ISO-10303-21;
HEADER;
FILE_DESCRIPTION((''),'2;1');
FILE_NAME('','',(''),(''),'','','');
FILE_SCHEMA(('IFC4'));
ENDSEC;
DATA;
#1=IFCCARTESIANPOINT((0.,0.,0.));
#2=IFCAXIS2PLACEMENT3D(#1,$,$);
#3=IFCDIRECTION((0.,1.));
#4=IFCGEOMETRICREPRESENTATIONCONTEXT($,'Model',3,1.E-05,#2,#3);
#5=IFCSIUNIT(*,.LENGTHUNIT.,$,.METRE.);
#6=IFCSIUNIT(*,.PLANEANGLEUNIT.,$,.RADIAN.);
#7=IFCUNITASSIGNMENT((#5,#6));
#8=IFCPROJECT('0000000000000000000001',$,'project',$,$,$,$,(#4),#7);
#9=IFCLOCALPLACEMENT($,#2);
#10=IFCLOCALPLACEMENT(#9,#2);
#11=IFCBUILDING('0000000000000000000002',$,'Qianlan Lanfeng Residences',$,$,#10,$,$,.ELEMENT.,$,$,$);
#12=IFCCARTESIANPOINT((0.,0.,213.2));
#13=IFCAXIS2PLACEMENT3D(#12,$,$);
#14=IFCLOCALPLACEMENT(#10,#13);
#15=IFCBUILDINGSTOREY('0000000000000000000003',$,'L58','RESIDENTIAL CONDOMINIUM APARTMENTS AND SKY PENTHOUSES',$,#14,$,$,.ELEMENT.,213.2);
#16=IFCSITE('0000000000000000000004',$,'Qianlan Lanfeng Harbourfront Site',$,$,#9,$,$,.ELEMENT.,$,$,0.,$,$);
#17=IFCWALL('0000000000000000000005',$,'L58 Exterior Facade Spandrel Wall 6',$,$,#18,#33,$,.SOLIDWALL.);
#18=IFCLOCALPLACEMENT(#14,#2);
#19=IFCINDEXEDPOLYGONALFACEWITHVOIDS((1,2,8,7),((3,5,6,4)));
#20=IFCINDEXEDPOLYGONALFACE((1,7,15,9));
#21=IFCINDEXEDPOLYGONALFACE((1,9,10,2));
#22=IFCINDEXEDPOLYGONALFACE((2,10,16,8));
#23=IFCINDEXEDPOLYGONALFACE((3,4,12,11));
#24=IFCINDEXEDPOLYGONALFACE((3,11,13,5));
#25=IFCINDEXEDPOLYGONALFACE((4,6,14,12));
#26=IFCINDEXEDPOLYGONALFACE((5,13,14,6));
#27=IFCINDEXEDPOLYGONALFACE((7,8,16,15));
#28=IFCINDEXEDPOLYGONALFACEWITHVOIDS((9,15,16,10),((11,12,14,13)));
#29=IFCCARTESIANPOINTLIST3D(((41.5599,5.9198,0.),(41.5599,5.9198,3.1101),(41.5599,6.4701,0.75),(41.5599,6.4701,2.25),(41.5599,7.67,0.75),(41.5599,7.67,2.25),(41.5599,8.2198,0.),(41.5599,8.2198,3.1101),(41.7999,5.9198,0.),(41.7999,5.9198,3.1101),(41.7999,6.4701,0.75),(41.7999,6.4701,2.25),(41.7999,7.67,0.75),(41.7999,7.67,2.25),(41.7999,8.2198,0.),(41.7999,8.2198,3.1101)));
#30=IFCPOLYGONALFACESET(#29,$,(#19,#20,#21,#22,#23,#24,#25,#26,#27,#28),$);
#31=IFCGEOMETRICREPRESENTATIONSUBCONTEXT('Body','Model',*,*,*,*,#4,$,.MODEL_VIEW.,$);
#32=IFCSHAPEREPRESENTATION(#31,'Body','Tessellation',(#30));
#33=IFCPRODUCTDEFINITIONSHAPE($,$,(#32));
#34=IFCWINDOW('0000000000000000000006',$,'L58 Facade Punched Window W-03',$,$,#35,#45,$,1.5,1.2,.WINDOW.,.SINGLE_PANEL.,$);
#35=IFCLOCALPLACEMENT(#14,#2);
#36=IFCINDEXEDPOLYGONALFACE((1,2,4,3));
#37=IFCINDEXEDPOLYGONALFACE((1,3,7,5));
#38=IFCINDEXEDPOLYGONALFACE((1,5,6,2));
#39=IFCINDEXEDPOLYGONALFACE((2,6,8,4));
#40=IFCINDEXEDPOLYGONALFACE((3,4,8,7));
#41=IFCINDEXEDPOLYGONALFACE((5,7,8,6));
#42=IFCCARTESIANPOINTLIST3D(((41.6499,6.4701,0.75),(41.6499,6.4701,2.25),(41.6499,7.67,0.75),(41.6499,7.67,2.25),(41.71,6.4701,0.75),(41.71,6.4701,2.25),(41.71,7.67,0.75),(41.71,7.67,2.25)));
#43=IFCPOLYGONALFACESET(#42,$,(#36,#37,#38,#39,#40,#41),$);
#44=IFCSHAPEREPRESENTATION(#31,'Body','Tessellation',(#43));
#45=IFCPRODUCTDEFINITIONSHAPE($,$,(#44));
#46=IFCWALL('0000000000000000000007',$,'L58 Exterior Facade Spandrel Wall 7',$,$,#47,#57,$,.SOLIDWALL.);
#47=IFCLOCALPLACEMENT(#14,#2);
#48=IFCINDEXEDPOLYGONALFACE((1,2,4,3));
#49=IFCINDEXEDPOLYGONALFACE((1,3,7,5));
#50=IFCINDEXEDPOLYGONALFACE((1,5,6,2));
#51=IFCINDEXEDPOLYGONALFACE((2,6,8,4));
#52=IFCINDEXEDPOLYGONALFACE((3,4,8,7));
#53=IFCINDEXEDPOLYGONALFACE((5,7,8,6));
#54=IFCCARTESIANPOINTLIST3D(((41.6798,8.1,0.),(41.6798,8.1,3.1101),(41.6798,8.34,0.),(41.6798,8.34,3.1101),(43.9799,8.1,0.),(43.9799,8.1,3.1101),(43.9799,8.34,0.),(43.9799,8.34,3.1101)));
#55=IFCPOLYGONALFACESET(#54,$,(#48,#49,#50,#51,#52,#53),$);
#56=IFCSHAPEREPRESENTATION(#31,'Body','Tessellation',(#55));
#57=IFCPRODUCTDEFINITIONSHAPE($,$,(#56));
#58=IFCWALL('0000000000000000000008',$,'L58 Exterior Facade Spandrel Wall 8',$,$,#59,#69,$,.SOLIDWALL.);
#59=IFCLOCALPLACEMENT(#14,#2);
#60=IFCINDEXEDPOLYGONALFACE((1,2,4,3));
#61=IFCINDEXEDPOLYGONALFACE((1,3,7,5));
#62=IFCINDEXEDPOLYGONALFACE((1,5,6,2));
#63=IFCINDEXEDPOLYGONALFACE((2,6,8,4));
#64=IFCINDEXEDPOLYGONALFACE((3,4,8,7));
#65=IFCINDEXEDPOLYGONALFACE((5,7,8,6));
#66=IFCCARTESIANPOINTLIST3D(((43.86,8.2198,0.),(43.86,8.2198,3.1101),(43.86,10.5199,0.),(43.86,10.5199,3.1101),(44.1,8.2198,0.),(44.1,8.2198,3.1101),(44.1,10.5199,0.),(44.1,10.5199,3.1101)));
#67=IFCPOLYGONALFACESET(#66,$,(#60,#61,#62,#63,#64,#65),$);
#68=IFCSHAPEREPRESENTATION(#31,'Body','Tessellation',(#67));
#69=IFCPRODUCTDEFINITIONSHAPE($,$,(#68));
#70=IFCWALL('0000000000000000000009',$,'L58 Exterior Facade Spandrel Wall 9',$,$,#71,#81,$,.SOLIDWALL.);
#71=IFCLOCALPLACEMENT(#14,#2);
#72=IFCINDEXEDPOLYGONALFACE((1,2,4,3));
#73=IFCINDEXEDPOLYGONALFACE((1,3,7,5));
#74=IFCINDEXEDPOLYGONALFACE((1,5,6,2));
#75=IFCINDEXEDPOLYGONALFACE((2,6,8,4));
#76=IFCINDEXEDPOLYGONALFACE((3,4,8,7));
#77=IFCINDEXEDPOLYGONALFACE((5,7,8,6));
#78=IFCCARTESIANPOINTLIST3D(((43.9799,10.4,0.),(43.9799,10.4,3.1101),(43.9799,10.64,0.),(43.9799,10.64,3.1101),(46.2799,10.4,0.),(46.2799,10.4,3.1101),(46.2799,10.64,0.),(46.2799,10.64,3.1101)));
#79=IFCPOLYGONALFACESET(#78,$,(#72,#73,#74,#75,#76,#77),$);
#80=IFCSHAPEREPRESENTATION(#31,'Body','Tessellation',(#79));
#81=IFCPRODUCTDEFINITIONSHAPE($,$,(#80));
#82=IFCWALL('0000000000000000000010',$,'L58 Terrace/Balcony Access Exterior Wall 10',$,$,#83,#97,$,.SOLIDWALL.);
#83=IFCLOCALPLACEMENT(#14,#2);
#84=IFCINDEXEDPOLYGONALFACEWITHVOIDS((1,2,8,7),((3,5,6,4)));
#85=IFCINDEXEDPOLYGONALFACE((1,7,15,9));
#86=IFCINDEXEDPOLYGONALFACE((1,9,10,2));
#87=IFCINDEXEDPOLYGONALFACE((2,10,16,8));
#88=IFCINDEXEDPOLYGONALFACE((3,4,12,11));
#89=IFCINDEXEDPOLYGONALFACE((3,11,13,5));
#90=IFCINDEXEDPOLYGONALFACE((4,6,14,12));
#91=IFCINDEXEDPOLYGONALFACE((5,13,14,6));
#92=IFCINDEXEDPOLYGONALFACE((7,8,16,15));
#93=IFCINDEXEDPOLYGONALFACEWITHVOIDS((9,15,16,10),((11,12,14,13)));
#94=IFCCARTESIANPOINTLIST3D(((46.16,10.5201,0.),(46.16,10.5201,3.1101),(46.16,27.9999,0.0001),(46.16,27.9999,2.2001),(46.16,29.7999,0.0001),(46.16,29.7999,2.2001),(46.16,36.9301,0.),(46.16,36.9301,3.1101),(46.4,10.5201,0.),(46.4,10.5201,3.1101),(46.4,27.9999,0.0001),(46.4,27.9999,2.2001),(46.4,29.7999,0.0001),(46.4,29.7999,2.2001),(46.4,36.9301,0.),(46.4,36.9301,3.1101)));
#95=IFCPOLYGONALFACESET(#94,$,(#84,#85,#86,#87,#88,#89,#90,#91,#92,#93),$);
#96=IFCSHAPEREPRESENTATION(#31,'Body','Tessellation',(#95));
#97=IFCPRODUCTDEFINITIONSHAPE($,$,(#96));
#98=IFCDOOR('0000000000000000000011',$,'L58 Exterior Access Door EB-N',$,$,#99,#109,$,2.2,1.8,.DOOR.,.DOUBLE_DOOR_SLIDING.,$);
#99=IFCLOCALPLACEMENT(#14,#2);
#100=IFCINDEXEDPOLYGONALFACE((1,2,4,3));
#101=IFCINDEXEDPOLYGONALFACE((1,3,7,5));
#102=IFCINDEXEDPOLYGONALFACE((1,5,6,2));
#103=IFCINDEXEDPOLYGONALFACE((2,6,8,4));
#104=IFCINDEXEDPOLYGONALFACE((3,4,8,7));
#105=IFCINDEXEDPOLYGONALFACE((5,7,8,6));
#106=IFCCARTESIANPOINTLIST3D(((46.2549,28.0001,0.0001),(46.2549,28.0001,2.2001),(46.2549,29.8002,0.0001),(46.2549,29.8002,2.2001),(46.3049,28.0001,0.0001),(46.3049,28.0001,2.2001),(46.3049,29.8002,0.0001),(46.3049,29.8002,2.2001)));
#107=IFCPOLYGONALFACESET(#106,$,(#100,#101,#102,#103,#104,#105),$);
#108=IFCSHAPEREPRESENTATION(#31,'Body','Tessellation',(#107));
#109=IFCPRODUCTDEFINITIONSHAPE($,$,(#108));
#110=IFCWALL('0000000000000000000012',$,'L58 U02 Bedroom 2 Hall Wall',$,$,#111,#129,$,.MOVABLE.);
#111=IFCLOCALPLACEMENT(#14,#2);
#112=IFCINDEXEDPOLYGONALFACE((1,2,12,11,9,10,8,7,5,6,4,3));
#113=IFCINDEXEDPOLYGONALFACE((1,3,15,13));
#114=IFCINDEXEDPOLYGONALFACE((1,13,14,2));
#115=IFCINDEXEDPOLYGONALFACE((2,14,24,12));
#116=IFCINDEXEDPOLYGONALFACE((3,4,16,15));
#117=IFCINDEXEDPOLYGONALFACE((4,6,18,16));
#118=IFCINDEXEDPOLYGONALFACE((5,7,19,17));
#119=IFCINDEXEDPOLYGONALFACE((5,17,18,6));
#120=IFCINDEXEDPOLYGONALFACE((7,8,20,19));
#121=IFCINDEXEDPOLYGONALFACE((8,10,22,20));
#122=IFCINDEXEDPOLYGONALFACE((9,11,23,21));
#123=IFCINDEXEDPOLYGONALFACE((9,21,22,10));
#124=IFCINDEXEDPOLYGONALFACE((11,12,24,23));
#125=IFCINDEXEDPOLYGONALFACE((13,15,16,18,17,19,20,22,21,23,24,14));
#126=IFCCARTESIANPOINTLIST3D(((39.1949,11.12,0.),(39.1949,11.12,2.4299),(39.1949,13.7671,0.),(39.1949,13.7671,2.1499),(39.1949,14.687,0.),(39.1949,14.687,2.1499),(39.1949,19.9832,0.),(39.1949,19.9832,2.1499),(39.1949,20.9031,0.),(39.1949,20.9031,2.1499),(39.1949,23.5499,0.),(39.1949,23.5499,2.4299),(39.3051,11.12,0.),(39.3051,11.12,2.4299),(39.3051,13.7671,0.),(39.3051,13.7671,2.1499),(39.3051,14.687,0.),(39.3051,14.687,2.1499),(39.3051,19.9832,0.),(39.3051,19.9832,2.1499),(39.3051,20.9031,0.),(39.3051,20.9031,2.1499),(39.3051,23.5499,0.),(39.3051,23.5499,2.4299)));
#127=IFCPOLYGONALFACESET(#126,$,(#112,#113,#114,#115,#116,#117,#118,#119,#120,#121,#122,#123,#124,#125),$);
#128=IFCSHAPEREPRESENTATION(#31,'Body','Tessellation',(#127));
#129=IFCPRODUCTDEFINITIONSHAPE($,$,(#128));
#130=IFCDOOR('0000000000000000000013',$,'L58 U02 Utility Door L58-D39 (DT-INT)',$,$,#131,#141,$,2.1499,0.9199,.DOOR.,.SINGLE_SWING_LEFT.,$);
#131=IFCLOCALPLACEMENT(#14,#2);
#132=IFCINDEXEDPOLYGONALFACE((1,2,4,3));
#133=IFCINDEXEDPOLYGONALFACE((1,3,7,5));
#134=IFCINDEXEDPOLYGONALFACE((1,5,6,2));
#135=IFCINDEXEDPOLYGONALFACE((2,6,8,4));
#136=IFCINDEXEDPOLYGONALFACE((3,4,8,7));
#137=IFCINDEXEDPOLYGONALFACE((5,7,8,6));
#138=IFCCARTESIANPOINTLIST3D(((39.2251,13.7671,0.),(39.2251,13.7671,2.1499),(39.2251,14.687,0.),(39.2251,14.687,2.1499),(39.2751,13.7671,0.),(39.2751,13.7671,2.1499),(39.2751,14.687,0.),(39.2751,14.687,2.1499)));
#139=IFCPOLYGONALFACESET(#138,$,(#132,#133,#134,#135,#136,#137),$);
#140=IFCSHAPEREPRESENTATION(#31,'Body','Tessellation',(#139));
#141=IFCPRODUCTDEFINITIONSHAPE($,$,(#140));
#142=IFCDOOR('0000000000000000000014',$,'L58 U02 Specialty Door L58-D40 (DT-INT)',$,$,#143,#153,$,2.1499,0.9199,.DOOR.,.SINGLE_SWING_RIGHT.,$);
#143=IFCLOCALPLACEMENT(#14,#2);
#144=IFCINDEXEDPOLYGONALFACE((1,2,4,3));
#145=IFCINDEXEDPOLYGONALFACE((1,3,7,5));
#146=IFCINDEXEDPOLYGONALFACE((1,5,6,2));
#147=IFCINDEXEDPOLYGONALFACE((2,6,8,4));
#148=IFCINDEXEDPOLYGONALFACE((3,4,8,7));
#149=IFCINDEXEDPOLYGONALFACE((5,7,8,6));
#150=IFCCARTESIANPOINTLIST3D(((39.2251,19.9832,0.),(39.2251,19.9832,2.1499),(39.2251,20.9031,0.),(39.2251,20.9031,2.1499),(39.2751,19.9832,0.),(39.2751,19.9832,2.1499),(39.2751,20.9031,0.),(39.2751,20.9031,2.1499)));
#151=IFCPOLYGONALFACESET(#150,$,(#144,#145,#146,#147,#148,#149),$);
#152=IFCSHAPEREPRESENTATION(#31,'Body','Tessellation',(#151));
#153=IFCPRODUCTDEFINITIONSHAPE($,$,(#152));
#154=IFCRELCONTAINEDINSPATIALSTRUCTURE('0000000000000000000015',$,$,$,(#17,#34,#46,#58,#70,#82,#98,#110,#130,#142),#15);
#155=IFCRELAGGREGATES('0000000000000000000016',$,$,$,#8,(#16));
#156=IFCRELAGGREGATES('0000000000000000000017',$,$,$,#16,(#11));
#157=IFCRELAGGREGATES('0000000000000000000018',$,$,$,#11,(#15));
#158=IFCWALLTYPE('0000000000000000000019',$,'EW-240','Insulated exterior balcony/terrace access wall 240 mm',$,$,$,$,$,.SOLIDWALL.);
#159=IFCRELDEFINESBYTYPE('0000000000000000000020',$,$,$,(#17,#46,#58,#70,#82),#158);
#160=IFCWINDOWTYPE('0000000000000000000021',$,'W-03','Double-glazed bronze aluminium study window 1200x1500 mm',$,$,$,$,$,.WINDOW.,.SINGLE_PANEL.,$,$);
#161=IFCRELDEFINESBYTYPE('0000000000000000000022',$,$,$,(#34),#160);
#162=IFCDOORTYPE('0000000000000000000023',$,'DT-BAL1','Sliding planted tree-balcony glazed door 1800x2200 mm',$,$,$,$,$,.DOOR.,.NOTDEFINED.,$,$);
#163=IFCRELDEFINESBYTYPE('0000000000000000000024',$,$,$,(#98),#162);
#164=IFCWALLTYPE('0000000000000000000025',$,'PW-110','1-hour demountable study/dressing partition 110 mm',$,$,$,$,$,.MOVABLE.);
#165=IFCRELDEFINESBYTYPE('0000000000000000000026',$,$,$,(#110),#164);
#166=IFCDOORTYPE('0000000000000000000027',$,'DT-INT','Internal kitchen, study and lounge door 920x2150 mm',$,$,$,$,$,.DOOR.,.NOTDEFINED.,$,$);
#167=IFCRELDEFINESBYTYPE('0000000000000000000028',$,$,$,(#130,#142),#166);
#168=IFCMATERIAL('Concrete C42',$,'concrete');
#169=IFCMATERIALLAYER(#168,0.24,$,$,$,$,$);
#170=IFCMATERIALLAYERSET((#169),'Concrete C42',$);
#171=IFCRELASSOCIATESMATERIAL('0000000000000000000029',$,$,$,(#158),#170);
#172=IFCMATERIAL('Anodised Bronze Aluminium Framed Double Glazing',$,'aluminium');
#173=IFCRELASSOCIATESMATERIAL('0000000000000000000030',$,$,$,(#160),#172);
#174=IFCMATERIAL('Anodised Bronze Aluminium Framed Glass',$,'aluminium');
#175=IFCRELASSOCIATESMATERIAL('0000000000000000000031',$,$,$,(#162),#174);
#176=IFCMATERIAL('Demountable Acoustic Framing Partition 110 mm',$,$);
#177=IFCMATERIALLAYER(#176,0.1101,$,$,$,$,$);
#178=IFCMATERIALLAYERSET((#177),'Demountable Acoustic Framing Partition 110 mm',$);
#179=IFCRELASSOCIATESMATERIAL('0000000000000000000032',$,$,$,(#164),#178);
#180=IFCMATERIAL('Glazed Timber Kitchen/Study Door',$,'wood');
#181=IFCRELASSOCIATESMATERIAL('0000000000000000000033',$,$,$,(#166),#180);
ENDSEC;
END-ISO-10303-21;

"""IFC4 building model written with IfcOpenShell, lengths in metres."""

from ifc_helpers import new_model, si_unit, direction, frame, frame_2d, origin, place, context, subcontext, project, spatial, rectangle, extrude, material, layer, layer_set, type_object, element, fill, save


model = new_model("IFC4")

# Units and contexts
model_context = context("Model", 3, precision=1e-05, world=origin(), true_north=direction((0.0, 1.0)))
body_context = subcontext(model_context, "Body", "Model", "MODEL_VIEW")
ifc_project = project(units=[si_unit("LENGTHUNIT", "METRE"), si_unit("PLANEANGLEUNIT", "RADIAN")], contexts=[model_context])

# Site, building, storey
site_placement = place(None, origin())
site = spatial("IfcSite", under=ifc_project, at=site_placement, Name="Qianlan Lanfeng Harbourfront Site", CompositionType="ELEMENT", RefElevation=0.0)
building_placement = place(site_placement, origin())
building = spatial("IfcBuilding", under=site, at=building_placement, Name="Qianlan Lanfeng Residences", CompositionType="ELEMENT")
storey_placement = place(building_placement, frame((0.0, 0.0, 213.2)))
storey = spatial("IfcBuildingStorey", under=building, at=storey_placement, Name="L58", Description="RESIDENTIAL CONDOMINIUM APARTMENTS AND SKY PENTHOUSES", CompositionType="ELEMENT", Elevation=213.2)

# Shared definitions
ifc_material_1 = material(Name="Concrete C42", Category="concrete")
ifc_layer_1 = layer(ifc_material_1, 0.24)
ifc_layer_set_1 = layer_set([ifc_layer_1], Name="Concrete C42")
wall_type_1 = type_object("IfcWallType", Name="EW-240", Description="Insulated exterior balcony/terrace access wall 240 mm", PredefinedType="SOLIDWALL", material=ifc_layer_set_1)
ifc_material_2 = material(Name="Anodised Bronze Aluminium Framed Double Glazing", Category="aluminium")
window_type_1 = type_object("IfcWindowType", Name="W-03", Description="Double-glazed bronze aluminium study window 1200x1500 mm", PartitioningType="SINGLE_PANEL", PredefinedType="WINDOW", material=ifc_material_2)

# Wall, opening, window
wall_1_placement = place(storey_placement, frame((41.6799, 5.9199, 0.0), z_axis=(0.0, 0.0, 1.0), x_axis=(0.0, 1.0, 0.0)))
wall_1 = element("IfcWall", 1, at=wall_1_placement, inside=storey, type_object=wall_type_1, Name="L58 Exterior Facade Spandrel Wall 6", PredefinedType="SOLIDWALL", context=body_context, shape_type="SweptSolid", body=[
    extrude(rectangle(XDim=2.3, YDim=0.24, at=frame_2d((1.1499, 0.0))), origin(), (0.0, 0.0, 1.0), 3.1101),
])
opening_1_placement = place(wall_1_placement, frame((0.55, 0.0, 0.75)))
opening_1 = element("IfcOpeningElement", 2, at=opening_1_placement, cuts=wall_1, PredefinedType="OPENING", context=body_context, shape_type="SweptSolid", body=[
    extrude(rectangle(XDim=1.2, YDim=1.5, at=frame_2d((0.6001, 0.75))), frame((0.0, 0.1299, 0.0), z_axis=(0.0, -1.0, 0.0), x_axis=(1.0, 0.0, 0.0)), (0.0, 0.0, 1.0), 0.26),
])
window_1_placement = place(opening_1_placement, origin())
window_1 = element("IfcWindow", 3, at=window_1_placement, inside=storey, type_object=window_type_1, Name="L58 Facade Punched Window W-03", OverallHeight=1.5, OverallWidth=1.2, PartitioningType="SINGLE_PANEL", PredefinedType="WINDOW", context=body_context, shape_type="SweptSolid", body=[
    extrude(rectangle(XDim=1.2, YDim=1.5, at=frame_2d((0.6001, 0.75))), frame((0.0, 0.03, 0.0), z_axis=(0.0, -1.0, 0.0), x_axis=(1.0, 0.0, 0.0)), (0.0, 0.0, 1.0), 0.0601),
])
fill(opening_1, window_1)

# Walls
for number, where, z_axis, x_axis, name in (
    (4, (41.6799, 8.22, 0.0), (0.0, 0.0, 1.0), (1.0, 0.0, 0.0), "L58 Exterior Facade Spandrel Wall 7"),
    (5, (43.98, 8.22, 0.0), (0.0, 0.0, 1.0), (0.0, 1.0, 0.0), "L58 Exterior Facade Spandrel Wall 8"),
    (6, (43.98, 10.52, 0.0), (0.0, 0.0, 1.0), (1.0, 0.0, 0.0), "L58 Exterior Facade Spandrel Wall 9"),
):
    element("IfcWall", number, at=place(storey_placement, frame(where, z_axis=z_axis, x_axis=x_axis)), inside=storey, type_object=wall_type_1, Name=name, PredefinedType="SOLIDWALL", context=body_context, shape_type="SweptSolid", body=[
        extrude(rectangle(XDim=2.3, YDim=0.24, at=frame_2d((1.1499, 0.0))), origin(), (0.0, 0.0, 1.0), 3.1101),
    ])

# Wall, opening, door
wall_2_placement = place(storey_placement, frame((46.28, 10.52, 0.0), z_axis=(0.0, 0.0, 1.0), x_axis=(0.0, 1.0, 0.0)))
wall_2 = element("IfcWall", 7, at=wall_2_placement, inside=storey, type_object=wall_type_1, Name="L58 Terrace/Balcony Access Exterior Wall 10", PredefinedType="SOLIDWALL", context=body_context, shape_type="SweptSolid", body=[
    extrude(rectangle(XDim=26.4099, YDim=0.24, at=frame_2d((13.2051, 0.0))), origin(), (0.0, 0.0, 1.0), 3.1101),
])
opening_2_placement = place(wall_2_placement, frame((17.48, 0.0, 0.0)))
opening_2 = element("IfcOpeningElement", 8, at=opening_2_placement, cuts=wall_2, PredefinedType="OPENING", context=body_context, shape_type="SweptSolid", body=[
    extrude(rectangle(XDim=1.8, YDim=2.2, at=frame_2d((0.8999, 1.1001))), frame((0.0, 0.1299, 0.0), z_axis=(0.0, -1.0, 0.0), x_axis=(1.0, 0.0, 0.0)), (0.0, 0.0, 1.0), 0.26),
])
ifc_material_3 = material(Name="Anodised Bronze Aluminium Framed Glass", Category="aluminium")
door_type_1 = type_object("IfcDoorType", Name="DT-BAL1", Description="Sliding planted tree-balcony glazed door 1800x2200 mm", OperationType="NOTDEFINED", PredefinedType="DOOR", material=ifc_material_3)
door_1_placement = place(opening_2_placement, frame((1.8, 0.0, 0.0), z_axis=(0.0, 0.0, 1.0), x_axis=(-1.0, 0.0, 0.0)))
door_1 = element("IfcDoor", 9, at=door_1_placement, inside=storey, type_object=door_type_1, Name="L58 Exterior Access Door EB-N", OperationType="DOUBLE_DOOR_SLIDING", OverallHeight=2.2, OverallWidth=1.8, PredefinedType="DOOR", context=body_context, shape_type="SweptSolid", body=[
    extrude(rectangle(XDim=1.8, YDim=2.2, at=frame_2d((0.8999, 1.1001))), frame((0.0, 0.0249, 0.0), z_axis=(0.0, -1.0, 0.0), x_axis=(1.0, 0.0, 0.0)), (0.0, 0.0, 1.0), 0.05),
])
fill(opening_2, door_1)

# Wall, openings, doors
ifc_material_4 = material(Name="Demountable Acoustic Framing Partition 110 mm")
ifc_layer_2 = layer(ifc_material_4, 0.1101)
ifc_layer_set_2 = layer_set([ifc_layer_2], Name="Demountable Acoustic Framing Partition 110 mm")
wall_type_2 = type_object("IfcWallType", Name="PW-110", Description="1-hour demountable study/dressing partition 110 mm", PredefinedType="MOVABLE", material=ifc_layer_set_2)
wall_3_placement = place(storey_placement, frame((39.25, 11.1201, 0.0), z_axis=(0.0, 0.0, 1.0), x_axis=(0.0, 1.0, 0.0)))
wall_3 = element("IfcWall", 10, at=wall_3_placement, inside=storey, type_object=wall_type_2, Name="L58 U02 Bedroom 2 Hall Wall", PredefinedType="MOVABLE", context=body_context, shape_type="SweptSolid", body=[
    extrude(rectangle(XDim=12.4299, YDim=0.1101, at=frame_2d((6.2148, 0.0))), origin(), (0.0, 0.0, 1.0), 2.4299),
])
opening_3_placement = place(wall_3_placement, frame((2.647, 0.0, 0.0)))
opening_3 = element("IfcOpeningElement", 11, at=opening_3_placement, cuts=wall_3, PredefinedType="OPENING", context=body_context, shape_type="SweptSolid", body=[
    extrude(rectangle(XDim=0.9199, YDim=2.1499, at=frame_2d((0.46, 1.075))), frame((0.0, 0.0649, 0.0), z_axis=(0.0, -1.0, 0.0), x_axis=(1.0, 0.0, 0.0)), (0.0, 0.0, 1.0), 0.1301),
])
opening_4_placement = place(wall_3_placement, frame((8.863, 0.0, 0.0)))
opening_4 = element("IfcOpeningElement", 12, at=opening_4_placement, cuts=wall_3, PredefinedType="OPENING", context=body_context, shape_type="SweptSolid", body=[
    extrude(rectangle(XDim=0.9199, YDim=2.1499, at=frame_2d((0.46, 1.075))), frame((0.0, 0.0649, 0.0), z_axis=(0.0, -1.0, 0.0), x_axis=(1.0, 0.0, 0.0)), (0.0, 0.0, 1.0), 0.1301),
])
ifc_material_5 = material(Name="Glazed Timber Kitchen/Study Door", Category="wood")
door_type_2 = type_object("IfcDoorType", Name="DT-INT", Description="Internal kitchen, study and lounge door 920x2150 mm", OperationType="NOTDEFINED", PredefinedType="DOOR", material=ifc_material_5)
door_2_placement = place(opening_3_placement, origin())
door_2 = element("IfcDoor", 13, at=door_2_placement, inside=storey, type_object=door_type_2, Name="L58 U02 Utility Door L58-D39 (DT-INT)", OperationType="SINGLE_SWING_LEFT", OverallHeight=2.1499, OverallWidth=0.9199, PredefinedType="DOOR", context=body_context, shape_type="SweptSolid", body=[
    extrude(rectangle(XDim=0.9199, YDim=2.1499, at=frame_2d((0.46, 1.075))), frame((0.0, 0.0249, 0.0), z_axis=(0.0, -1.0, 0.0), x_axis=(1.0, 0.0, 0.0)), (0.0, 0.0, 1.0), 0.05),
])
fill(opening_3, door_2)
door_3_placement = place(opening_4_placement, origin())
door_3 = element("IfcDoor", 14, at=door_3_placement, inside=storey, type_object=door_type_2, Name="L58 U02 Specialty Door L58-D40 (DT-INT)", OperationType="SINGLE_SWING_RIGHT", OverallHeight=2.1499, OverallWidth=0.9199, PredefinedType="DOOR", context=body_context, shape_type="SweptSolid", body=[
    extrude(rectangle(XDim=0.9199, YDim=2.1499, at=frame_2d((0.46, 1.075))), frame((0.0, 0.0249, 0.0), z_axis=(0.0, -1.0, 0.0), x_axis=(1.0, 0.0, 0.0)), (0.0, 0.0, 1.0), 0.05),
])
fill(opening_4, door_3)

save(model, "model.ifc")
